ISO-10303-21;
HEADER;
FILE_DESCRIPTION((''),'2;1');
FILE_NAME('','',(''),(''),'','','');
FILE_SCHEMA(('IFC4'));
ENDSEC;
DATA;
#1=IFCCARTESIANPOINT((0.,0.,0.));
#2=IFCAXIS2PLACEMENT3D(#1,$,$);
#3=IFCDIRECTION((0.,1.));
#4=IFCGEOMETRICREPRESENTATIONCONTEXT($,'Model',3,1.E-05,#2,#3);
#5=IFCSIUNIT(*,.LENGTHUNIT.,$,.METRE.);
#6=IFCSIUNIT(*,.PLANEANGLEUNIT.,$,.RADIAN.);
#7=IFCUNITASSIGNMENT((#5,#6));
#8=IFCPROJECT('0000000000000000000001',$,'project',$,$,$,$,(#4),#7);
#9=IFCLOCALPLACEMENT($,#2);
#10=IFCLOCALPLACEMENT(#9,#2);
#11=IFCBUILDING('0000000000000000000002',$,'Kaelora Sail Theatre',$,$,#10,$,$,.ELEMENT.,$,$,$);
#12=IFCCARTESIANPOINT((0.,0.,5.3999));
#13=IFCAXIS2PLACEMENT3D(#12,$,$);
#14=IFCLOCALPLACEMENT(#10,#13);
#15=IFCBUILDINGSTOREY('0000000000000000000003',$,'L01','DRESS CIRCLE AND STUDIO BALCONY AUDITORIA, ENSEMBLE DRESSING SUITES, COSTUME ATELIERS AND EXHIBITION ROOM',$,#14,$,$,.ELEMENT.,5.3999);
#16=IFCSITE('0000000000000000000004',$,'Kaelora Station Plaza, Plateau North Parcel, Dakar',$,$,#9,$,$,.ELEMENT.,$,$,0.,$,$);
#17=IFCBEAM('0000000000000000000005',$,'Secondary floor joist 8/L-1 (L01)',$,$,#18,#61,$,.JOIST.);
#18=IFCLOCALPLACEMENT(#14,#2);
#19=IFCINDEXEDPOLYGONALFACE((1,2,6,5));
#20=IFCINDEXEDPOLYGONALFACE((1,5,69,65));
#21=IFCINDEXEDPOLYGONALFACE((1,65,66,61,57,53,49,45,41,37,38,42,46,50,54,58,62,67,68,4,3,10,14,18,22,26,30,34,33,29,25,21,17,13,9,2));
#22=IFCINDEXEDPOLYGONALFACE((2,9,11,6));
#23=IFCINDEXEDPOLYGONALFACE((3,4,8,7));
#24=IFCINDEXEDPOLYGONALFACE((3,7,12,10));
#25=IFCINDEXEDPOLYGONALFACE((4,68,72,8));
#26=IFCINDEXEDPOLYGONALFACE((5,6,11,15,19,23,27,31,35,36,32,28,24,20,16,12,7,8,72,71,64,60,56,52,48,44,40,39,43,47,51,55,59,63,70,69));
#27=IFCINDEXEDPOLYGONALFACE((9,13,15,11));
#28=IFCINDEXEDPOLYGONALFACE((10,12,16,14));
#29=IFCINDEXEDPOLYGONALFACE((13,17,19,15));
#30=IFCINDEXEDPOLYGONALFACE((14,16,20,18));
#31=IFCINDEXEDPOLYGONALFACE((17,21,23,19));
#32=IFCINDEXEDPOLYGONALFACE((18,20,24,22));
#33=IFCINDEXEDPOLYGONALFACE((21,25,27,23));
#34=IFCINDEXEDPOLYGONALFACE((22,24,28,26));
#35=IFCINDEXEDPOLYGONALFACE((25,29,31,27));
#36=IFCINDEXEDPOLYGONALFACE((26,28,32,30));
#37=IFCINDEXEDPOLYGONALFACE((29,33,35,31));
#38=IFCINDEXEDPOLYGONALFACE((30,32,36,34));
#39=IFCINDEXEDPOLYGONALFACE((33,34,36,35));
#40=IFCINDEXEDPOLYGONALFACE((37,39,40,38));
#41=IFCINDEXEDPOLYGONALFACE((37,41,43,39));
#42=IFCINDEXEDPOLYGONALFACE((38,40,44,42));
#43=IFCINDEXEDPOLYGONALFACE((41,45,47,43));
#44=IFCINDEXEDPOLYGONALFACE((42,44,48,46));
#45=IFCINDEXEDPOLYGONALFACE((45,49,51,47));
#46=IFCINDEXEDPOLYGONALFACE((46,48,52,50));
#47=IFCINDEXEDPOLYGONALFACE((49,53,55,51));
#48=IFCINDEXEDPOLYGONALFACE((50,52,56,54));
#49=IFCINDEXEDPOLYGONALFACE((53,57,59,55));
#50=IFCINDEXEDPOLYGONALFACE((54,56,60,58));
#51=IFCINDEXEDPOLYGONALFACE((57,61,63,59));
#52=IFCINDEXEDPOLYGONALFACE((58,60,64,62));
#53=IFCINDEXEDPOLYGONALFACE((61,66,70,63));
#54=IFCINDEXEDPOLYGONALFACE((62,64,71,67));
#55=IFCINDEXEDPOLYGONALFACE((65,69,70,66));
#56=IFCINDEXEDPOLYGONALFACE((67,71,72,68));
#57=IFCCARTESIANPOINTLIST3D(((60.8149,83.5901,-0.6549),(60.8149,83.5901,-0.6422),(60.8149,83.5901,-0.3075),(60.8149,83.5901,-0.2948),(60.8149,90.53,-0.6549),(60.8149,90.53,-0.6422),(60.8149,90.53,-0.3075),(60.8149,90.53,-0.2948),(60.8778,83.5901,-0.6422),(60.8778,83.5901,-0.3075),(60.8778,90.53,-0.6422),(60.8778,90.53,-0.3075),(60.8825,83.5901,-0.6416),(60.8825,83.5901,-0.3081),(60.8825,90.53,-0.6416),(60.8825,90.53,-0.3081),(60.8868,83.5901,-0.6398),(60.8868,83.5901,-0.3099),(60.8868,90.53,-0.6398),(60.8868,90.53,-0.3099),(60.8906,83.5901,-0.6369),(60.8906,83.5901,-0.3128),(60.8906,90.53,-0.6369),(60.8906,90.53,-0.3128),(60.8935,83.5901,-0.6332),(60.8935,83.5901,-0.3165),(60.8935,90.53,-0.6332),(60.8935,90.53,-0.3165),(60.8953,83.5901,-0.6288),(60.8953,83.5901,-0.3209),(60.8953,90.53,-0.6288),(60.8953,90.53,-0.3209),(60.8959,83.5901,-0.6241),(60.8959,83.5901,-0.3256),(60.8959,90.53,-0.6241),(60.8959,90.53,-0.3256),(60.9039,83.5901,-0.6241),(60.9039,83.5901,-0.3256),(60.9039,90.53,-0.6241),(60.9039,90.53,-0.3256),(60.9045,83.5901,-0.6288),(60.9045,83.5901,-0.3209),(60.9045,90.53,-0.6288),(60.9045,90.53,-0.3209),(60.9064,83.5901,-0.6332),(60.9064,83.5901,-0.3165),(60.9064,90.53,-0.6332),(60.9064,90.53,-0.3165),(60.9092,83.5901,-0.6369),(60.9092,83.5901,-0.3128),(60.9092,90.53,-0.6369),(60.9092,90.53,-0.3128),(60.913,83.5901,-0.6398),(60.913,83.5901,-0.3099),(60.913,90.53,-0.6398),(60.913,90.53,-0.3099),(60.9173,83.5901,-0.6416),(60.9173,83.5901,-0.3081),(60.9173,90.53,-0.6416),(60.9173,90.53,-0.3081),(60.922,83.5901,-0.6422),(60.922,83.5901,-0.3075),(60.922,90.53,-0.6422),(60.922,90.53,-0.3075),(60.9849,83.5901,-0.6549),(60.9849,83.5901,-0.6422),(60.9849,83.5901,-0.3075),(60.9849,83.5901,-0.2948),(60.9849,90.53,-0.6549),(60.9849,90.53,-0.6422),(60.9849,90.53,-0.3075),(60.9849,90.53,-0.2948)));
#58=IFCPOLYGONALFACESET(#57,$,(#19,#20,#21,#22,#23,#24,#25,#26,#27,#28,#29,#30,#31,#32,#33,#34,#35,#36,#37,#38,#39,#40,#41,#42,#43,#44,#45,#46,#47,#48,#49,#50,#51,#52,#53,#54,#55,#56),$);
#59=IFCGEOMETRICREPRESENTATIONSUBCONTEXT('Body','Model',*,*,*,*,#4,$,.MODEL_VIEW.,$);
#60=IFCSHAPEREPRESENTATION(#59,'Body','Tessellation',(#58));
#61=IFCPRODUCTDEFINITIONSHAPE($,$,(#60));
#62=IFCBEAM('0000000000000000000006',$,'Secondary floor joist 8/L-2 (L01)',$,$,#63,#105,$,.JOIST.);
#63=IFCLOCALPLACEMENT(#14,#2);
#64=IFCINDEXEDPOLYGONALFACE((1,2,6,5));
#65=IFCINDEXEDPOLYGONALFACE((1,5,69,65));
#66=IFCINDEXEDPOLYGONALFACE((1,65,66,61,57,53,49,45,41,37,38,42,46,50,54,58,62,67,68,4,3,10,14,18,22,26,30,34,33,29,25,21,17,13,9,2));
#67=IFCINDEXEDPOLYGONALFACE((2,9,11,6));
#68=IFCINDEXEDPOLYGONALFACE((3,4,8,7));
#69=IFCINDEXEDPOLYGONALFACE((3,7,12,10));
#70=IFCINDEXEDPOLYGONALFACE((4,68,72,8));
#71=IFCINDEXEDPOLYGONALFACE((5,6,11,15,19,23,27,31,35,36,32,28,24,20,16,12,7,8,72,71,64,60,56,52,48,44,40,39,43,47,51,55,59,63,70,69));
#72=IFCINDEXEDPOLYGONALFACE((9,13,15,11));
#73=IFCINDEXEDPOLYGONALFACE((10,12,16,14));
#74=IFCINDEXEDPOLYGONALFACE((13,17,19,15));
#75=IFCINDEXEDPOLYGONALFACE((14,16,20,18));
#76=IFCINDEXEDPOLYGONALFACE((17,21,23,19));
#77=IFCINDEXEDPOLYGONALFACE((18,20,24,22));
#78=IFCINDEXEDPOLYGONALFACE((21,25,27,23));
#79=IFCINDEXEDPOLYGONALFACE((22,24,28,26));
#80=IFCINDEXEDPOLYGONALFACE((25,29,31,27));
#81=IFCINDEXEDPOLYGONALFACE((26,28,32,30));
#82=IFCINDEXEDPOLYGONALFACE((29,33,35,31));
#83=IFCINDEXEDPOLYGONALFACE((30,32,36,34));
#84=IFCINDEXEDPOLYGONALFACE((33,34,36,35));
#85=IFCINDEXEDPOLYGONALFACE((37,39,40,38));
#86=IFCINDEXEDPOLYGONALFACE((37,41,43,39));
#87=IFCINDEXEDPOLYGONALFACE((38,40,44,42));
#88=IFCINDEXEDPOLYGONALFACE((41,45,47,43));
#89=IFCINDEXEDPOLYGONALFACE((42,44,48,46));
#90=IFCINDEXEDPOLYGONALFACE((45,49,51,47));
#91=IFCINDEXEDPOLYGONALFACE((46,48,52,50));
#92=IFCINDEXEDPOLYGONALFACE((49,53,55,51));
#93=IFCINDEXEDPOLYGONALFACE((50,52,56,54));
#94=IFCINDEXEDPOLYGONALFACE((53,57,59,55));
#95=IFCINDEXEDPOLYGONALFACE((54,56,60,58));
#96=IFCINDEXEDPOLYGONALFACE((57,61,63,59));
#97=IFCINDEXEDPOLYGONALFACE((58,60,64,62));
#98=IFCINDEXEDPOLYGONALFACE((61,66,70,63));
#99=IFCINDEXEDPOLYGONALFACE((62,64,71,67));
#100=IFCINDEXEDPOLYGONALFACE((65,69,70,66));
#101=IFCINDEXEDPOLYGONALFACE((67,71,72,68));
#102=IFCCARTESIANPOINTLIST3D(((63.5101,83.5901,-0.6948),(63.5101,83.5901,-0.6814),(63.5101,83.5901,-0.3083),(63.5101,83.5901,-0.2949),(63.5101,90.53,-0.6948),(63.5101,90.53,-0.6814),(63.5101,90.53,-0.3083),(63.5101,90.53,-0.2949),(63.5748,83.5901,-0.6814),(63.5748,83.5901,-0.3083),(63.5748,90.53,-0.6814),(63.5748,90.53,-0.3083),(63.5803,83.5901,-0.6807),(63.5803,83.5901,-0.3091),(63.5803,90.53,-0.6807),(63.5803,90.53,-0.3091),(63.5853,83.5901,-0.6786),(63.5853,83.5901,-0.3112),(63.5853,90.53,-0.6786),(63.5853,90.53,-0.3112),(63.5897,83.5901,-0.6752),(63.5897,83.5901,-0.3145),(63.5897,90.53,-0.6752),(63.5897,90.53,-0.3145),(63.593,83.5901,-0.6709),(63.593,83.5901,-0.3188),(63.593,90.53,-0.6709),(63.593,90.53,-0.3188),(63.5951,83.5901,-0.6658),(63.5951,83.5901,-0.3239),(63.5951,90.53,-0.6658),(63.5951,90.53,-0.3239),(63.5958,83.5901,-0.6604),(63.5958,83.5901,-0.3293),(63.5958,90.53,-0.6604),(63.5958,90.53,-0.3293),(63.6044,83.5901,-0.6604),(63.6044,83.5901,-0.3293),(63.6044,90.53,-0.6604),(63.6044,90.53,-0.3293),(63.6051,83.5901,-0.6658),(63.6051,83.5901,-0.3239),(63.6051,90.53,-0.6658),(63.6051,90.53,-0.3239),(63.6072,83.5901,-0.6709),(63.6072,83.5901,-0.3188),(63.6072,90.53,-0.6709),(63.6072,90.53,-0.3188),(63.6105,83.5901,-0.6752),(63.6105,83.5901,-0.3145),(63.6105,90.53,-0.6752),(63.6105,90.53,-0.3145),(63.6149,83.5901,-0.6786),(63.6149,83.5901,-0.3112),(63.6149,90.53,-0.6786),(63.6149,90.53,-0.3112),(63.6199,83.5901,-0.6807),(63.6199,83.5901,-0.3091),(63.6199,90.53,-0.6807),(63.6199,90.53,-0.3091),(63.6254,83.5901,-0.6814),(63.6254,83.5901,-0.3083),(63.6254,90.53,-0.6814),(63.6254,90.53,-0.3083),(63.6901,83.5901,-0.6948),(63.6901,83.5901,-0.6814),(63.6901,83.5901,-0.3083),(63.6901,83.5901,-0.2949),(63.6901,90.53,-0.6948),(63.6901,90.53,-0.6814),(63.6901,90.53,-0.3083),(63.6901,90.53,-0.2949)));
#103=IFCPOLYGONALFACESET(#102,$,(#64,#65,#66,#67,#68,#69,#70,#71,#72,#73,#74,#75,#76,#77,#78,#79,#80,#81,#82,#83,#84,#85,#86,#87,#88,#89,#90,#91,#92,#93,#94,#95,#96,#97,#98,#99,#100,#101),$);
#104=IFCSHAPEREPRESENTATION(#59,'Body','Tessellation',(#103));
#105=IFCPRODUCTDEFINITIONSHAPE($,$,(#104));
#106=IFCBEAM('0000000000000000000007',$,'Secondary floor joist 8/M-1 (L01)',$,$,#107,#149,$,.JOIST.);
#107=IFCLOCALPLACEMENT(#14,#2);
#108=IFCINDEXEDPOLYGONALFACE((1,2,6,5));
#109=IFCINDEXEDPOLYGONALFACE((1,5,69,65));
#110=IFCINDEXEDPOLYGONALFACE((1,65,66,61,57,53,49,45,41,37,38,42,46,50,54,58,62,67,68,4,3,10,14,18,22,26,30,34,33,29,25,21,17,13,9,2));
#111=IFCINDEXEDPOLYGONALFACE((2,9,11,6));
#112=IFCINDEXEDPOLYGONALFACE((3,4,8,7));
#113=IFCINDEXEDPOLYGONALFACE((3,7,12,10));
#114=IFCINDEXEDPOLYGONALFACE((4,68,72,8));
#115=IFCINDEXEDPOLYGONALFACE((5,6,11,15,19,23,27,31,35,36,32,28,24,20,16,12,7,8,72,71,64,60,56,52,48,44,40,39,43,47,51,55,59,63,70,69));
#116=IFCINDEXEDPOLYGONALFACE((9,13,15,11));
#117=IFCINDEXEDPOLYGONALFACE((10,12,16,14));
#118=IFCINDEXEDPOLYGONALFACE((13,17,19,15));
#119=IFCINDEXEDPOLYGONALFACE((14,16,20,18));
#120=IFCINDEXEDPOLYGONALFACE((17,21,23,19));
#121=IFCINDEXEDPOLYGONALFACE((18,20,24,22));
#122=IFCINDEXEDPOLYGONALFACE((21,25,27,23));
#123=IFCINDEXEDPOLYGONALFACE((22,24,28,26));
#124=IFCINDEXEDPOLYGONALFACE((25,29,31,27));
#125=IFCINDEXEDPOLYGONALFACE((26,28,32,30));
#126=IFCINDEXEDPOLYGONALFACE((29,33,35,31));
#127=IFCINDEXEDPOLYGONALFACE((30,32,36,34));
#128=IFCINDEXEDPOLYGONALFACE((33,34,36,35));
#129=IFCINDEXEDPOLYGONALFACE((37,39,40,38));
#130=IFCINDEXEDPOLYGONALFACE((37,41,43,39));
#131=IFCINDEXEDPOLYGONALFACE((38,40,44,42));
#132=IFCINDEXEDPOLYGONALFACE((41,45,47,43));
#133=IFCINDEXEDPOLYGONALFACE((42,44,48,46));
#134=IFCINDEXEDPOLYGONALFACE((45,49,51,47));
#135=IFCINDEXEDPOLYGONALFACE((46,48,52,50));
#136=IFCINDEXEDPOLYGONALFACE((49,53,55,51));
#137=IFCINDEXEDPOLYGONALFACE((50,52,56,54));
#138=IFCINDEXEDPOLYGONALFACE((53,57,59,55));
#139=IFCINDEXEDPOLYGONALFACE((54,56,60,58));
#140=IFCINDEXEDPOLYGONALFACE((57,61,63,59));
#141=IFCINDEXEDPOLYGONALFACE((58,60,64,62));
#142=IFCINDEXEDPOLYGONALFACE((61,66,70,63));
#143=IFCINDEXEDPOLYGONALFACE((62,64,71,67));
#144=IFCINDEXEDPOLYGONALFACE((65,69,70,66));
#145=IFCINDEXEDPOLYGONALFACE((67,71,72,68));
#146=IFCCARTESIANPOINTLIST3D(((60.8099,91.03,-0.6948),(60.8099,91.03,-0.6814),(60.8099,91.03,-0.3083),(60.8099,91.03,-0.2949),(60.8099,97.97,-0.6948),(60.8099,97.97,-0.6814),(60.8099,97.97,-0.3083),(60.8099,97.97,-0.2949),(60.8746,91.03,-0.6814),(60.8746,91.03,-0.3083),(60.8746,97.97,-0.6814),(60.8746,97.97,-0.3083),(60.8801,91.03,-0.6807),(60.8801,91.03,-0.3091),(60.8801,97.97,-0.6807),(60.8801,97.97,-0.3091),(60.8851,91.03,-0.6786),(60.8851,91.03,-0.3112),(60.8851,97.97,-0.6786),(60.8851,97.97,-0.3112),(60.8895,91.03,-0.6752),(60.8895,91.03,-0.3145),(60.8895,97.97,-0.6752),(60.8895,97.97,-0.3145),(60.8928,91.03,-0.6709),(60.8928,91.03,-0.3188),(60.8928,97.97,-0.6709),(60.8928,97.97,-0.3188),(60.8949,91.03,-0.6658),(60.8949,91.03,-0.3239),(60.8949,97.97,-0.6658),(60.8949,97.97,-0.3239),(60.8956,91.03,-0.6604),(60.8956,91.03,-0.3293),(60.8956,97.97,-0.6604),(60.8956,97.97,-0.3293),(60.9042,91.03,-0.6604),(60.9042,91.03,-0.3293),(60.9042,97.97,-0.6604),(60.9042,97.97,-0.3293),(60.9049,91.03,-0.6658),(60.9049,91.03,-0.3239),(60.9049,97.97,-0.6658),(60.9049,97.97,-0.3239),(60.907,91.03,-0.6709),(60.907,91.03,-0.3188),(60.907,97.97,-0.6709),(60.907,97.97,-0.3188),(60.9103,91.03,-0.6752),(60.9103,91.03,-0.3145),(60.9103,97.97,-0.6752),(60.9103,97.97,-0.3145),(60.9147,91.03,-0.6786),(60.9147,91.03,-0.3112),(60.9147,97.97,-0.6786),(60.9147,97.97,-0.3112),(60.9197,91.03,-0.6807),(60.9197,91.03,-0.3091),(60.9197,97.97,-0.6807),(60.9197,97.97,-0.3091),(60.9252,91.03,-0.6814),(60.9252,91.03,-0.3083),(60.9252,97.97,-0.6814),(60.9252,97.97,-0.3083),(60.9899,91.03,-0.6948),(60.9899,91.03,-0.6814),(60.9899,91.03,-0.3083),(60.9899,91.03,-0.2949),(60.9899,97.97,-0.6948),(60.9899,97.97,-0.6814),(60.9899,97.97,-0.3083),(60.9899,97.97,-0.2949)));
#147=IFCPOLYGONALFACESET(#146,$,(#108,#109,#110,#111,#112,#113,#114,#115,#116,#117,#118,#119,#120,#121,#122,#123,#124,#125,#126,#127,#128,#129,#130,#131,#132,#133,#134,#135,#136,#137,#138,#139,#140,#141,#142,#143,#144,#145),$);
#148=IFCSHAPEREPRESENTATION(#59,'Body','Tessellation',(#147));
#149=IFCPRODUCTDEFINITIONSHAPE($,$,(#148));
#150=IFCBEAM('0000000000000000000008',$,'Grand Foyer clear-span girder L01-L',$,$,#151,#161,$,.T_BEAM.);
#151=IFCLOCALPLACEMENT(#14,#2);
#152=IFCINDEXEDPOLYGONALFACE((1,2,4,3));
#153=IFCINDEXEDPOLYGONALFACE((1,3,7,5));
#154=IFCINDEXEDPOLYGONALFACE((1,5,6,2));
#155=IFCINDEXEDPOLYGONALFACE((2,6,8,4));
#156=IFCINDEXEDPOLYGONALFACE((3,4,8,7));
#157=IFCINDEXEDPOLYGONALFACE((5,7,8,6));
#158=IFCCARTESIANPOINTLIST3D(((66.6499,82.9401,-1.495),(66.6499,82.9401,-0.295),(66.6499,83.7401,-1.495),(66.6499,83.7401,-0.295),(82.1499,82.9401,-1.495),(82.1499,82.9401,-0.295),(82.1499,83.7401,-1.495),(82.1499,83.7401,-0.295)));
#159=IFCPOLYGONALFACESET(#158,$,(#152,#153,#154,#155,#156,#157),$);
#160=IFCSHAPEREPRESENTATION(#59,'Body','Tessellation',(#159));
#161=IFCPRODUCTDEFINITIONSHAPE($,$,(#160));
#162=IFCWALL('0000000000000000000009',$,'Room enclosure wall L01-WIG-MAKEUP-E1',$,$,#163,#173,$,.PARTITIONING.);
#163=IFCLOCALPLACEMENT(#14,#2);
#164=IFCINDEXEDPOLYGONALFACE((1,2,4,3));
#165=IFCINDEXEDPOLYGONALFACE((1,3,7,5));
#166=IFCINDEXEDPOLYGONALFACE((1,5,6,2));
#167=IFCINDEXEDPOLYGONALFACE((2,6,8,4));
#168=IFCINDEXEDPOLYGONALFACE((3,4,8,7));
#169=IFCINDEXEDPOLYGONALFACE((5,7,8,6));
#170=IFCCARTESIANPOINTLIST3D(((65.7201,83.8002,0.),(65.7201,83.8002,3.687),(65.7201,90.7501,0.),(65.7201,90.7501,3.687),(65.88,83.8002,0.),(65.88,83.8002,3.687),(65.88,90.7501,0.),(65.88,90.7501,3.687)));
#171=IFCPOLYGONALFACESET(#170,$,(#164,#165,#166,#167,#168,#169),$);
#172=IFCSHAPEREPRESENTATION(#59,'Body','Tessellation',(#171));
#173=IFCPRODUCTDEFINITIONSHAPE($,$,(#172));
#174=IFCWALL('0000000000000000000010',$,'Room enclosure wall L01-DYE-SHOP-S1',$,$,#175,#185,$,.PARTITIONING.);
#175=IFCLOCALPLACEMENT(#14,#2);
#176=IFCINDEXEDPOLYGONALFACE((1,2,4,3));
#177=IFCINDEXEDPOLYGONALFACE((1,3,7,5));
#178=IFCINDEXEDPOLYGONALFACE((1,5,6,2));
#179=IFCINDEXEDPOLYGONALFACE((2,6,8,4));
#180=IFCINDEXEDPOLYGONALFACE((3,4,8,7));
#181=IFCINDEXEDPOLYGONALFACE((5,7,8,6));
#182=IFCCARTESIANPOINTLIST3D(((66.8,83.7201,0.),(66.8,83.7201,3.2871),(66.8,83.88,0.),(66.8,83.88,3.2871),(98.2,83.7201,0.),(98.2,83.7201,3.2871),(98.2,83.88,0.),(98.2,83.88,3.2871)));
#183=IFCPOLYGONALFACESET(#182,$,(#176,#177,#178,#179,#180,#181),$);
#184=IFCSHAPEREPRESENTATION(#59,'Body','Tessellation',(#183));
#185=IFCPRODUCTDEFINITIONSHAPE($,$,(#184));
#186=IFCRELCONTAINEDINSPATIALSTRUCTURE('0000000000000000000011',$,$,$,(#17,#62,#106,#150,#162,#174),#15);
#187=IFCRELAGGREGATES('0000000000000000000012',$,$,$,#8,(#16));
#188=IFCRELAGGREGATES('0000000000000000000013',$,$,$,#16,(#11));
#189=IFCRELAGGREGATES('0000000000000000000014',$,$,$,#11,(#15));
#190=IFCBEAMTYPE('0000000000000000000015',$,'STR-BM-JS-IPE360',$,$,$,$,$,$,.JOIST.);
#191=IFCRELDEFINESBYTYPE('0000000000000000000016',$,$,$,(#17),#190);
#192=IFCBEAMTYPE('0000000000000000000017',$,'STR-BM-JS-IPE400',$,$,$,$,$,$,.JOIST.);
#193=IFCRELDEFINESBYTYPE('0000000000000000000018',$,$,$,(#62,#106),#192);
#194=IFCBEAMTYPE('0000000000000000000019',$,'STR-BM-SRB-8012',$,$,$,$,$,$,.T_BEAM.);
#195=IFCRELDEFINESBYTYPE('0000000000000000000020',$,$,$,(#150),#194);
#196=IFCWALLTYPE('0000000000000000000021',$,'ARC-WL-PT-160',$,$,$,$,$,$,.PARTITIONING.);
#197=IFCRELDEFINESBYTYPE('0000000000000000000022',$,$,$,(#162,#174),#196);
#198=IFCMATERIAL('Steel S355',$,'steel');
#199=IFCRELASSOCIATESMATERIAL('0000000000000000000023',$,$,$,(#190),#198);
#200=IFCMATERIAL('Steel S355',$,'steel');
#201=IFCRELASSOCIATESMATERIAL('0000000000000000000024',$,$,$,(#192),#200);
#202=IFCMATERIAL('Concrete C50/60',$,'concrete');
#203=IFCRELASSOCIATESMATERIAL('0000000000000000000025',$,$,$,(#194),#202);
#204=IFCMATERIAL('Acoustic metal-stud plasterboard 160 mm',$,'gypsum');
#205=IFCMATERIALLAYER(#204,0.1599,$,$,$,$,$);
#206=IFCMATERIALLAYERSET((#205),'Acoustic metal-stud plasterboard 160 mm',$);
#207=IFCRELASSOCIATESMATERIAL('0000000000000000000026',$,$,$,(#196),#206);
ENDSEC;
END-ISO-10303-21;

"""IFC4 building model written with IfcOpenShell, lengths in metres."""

from ifc_helpers import new_model, si_unit, direction, frame, frame_2d, origin, origin_2d, place, context, subcontext, project, spatial, rectangle, i_section, extrude, material, layer, layer_set, material_profile, profile_set, type_object, element, save


model = new_model("IFC4")

# Units and contexts
model_context = context("Model", 3, precision=1e-05, world=origin(), true_north=direction((0.0, 1.0)))
body_context = subcontext(model_context, "Body", "Model", "MODEL_VIEW")
ifc_project = project(units=[si_unit("LENGTHUNIT", "METRE"), si_unit("PLANEANGLEUNIT", "RADIAN")], contexts=[model_context])

# Site, building, storey
site_placement = place(None, origin())
site = spatial("IfcSite", under=ifc_project, at=site_placement, Name="Kaelora Station Plaza, Plateau North Parcel, Dakar", CompositionType="ELEMENT", RefElevation=0.0)
building_placement = place(site_placement, origin())
building = spatial("IfcBuilding", under=site, at=building_placement, Name="Kaelora Sail Theatre", CompositionType="ELEMENT")
storey_placement = place(building_placement, frame((0.0, 0.0, 5.3999)))
storey = spatial("IfcBuildingStorey", under=building, at=storey_placement, Name="L01", Description="DRESS CIRCLE AND STUDIO BALCONY AUDITORIA, ENSEMBLE DRESSING SUITES, COSTUME ATELIERS AND EXHIBITION ROOM", CompositionType="ELEMENT", Elevation=5.3999)

# Beams
ifc_material_1 = material(Name="Steel S355", Category="steel")
ifc_material_profile_1 = material_profile(ifc_material_1, i_section(OverallWidth=0.1699, OverallDepth=0.3601, WebThickness=0.0081, FlangeThickness=0.0127, FilletRadius=0.0181, at=origin_2d()), Name="IPE 360")
ifc_profile_set_1 = profile_set([ifc_material_profile_1], Name="Steel S355")
beam_type_1 = type_object("IfcBeamType", Name="STR-BM-JS-IPE360", PredefinedType="JOIST", material=ifc_profile_set_1)
beam_1_placement = place(storey_placement, frame((60.8999, 83.5901, -0.4749), z_axis=(0.0, 1.0, 0.0), x_axis=(-1.0, 0.0, 0.0)))
element("IfcBeam", 1, at=beam_1_placement, inside=storey, type_object=beam_type_1, Name="Secondary floor joist 8/L-1 (L01)", PredefinedType="JOIST", context=body_context, shape_type="SweptSolid", body=[
    extrude(i_section(OverallWidth=0.1699, OverallDepth=0.3601, WebThickness=0.0081, FlangeThickness=0.0127, FilletRadius=0.0181, at=origin_2d()), origin(), (0.0, 0.0, 1.0), 6.9399),
])
ifc_material_2 = material(Name="Steel S355", Category="steel")
ifc_material_profile_2 = material_profile(ifc_material_2, i_section(OverallWidth=0.1799, OverallDepth=0.3999, WebThickness=0.0085, FlangeThickness=0.0134, FilletRadius=0.021, at=origin_2d()), Name="IPE 400")
ifc_profile_set_2 = profile_set([ifc_material_profile_2], Name="Steel S355")
beam_type_2 = type_object("IfcBeamType", Name="STR-BM-JS-IPE400", PredefinedType="JOIST", material=ifc_profile_set_2)
for number, where, z_axis, x_axis, name in (
    (2, (63.6001, 83.5901, -0.4949), (0.0, 1.0, 0.0), (-1.0, 0.0, 0.0), "Secondary floor joist 8/L-2 (L01)"),
    (3, (60.8999, 91.03, -0.4949), (0.0, 1.0, 0.0), (-1.0, 0.0, 0.0), "Secondary floor joist 8/M-1 (L01)"),
):
    element("IfcBeam", number, at=place(storey_placement, frame(where, z_axis=z_axis, x_axis=x_axis)), inside=storey, type_object=beam_type_2, Name=name, PredefinedType="JOIST", context=body_context, shape_type="SweptSolid", body=[
        extrude(i_section(OverallWidth=0.1799, OverallDepth=0.3999, WebThickness=0.0085, FlangeThickness=0.0134, FilletRadius=0.021, at=origin_2d()), origin(), (0.0, 0.0, 1.0), 6.9399),
    ])
ifc_material_3 = material(Name="Concrete C50/60", Category="concrete")
ifc_material_profile_3 = material_profile(ifc_material_3, rectangle(XDim=0.8, YDim=1.2, at=origin_2d()), Name="RC-SRB 800x1200")
ifc_profile_set_3 = profile_set([ifc_material_profile_3], Name="Concrete C50/60")
beam_type_3 = type_object("IfcBeamType", Name="STR-BM-SRB-8012", PredefinedType="T_BEAM", material=ifc_profile_set_3)
beam_2_placement = place(storey_placement, frame((66.6499, 83.3401, -0.895), z_axis=(1.0, 0.0, 0.0), x_axis=(0.0, 1.0, 0.0)))
element("IfcBeam", 4, at=beam_2_placement, inside=storey, type_object=beam_type_3, Name="Grand Foyer clear-span girder L01-L", PredefinedType="T_BEAM", context=body_context, shape_type="SweptSolid", body=[
    extrude(rectangle(XDim=0.8, YDim=1.2, at=origin_2d()), origin(), (0.0, 0.0, 1.0), 15.5),
])

# Walls
ifc_material_4 = material(Name="Acoustic metal-stud plasterboard 160 mm", Category="gypsum")
ifc_layer_1 = layer(ifc_material_4, 0.1599)
ifc_layer_set_1 = layer_set([ifc_layer_1], Name="Acoustic metal-stud plasterboard 160 mm")
wall_type_1 = type_object("IfcWallType", Name="ARC-WL-PT-160", PredefinedType="PARTITIONING", material=ifc_layer_set_1)
wall_1_placement = place(storey_placement, frame((65.8, 83.8, 0.0), z_axis=(0.0, 0.0, 1.0), x_axis=(0.0, 1.0, 0.0)))
element("IfcWall", 5, at=wall_1_placement, inside=storey, type_object=wall_type_1, Name="Room enclosure wall L01-WIG-MAKEUP-E1", PredefinedType="PARTITIONING", context=body_context, shape_type="SweptSolid", body=[
    extrude(rectangle(XDim=6.95, YDim=0.1599, at=frame_2d((3.4751, 0.0))), origin(), (0.0, 0.0, 1.0), 3.687),
])
wall_2_placement = place(storey_placement, frame((66.8, 83.8, 0.0), z_axis=(0.0, 0.0, 1.0), x_axis=(1.0, 0.0, 0.0)))
element("IfcWall", 6, at=wall_2_placement, inside=storey, type_object=wall_type_1, Name="Room enclosure wall L01-DYE-SHOP-S1", PredefinedType="PARTITIONING", context=body_context, shape_type="SweptSolid", body=[
    extrude(rectangle(XDim=31.3999, YDim=0.1599, at=frame_2d((15.7, 0.0))), origin(), (0.0, 0.0, 1.0), 3.2871),
])

save(model, "model.ifc")
